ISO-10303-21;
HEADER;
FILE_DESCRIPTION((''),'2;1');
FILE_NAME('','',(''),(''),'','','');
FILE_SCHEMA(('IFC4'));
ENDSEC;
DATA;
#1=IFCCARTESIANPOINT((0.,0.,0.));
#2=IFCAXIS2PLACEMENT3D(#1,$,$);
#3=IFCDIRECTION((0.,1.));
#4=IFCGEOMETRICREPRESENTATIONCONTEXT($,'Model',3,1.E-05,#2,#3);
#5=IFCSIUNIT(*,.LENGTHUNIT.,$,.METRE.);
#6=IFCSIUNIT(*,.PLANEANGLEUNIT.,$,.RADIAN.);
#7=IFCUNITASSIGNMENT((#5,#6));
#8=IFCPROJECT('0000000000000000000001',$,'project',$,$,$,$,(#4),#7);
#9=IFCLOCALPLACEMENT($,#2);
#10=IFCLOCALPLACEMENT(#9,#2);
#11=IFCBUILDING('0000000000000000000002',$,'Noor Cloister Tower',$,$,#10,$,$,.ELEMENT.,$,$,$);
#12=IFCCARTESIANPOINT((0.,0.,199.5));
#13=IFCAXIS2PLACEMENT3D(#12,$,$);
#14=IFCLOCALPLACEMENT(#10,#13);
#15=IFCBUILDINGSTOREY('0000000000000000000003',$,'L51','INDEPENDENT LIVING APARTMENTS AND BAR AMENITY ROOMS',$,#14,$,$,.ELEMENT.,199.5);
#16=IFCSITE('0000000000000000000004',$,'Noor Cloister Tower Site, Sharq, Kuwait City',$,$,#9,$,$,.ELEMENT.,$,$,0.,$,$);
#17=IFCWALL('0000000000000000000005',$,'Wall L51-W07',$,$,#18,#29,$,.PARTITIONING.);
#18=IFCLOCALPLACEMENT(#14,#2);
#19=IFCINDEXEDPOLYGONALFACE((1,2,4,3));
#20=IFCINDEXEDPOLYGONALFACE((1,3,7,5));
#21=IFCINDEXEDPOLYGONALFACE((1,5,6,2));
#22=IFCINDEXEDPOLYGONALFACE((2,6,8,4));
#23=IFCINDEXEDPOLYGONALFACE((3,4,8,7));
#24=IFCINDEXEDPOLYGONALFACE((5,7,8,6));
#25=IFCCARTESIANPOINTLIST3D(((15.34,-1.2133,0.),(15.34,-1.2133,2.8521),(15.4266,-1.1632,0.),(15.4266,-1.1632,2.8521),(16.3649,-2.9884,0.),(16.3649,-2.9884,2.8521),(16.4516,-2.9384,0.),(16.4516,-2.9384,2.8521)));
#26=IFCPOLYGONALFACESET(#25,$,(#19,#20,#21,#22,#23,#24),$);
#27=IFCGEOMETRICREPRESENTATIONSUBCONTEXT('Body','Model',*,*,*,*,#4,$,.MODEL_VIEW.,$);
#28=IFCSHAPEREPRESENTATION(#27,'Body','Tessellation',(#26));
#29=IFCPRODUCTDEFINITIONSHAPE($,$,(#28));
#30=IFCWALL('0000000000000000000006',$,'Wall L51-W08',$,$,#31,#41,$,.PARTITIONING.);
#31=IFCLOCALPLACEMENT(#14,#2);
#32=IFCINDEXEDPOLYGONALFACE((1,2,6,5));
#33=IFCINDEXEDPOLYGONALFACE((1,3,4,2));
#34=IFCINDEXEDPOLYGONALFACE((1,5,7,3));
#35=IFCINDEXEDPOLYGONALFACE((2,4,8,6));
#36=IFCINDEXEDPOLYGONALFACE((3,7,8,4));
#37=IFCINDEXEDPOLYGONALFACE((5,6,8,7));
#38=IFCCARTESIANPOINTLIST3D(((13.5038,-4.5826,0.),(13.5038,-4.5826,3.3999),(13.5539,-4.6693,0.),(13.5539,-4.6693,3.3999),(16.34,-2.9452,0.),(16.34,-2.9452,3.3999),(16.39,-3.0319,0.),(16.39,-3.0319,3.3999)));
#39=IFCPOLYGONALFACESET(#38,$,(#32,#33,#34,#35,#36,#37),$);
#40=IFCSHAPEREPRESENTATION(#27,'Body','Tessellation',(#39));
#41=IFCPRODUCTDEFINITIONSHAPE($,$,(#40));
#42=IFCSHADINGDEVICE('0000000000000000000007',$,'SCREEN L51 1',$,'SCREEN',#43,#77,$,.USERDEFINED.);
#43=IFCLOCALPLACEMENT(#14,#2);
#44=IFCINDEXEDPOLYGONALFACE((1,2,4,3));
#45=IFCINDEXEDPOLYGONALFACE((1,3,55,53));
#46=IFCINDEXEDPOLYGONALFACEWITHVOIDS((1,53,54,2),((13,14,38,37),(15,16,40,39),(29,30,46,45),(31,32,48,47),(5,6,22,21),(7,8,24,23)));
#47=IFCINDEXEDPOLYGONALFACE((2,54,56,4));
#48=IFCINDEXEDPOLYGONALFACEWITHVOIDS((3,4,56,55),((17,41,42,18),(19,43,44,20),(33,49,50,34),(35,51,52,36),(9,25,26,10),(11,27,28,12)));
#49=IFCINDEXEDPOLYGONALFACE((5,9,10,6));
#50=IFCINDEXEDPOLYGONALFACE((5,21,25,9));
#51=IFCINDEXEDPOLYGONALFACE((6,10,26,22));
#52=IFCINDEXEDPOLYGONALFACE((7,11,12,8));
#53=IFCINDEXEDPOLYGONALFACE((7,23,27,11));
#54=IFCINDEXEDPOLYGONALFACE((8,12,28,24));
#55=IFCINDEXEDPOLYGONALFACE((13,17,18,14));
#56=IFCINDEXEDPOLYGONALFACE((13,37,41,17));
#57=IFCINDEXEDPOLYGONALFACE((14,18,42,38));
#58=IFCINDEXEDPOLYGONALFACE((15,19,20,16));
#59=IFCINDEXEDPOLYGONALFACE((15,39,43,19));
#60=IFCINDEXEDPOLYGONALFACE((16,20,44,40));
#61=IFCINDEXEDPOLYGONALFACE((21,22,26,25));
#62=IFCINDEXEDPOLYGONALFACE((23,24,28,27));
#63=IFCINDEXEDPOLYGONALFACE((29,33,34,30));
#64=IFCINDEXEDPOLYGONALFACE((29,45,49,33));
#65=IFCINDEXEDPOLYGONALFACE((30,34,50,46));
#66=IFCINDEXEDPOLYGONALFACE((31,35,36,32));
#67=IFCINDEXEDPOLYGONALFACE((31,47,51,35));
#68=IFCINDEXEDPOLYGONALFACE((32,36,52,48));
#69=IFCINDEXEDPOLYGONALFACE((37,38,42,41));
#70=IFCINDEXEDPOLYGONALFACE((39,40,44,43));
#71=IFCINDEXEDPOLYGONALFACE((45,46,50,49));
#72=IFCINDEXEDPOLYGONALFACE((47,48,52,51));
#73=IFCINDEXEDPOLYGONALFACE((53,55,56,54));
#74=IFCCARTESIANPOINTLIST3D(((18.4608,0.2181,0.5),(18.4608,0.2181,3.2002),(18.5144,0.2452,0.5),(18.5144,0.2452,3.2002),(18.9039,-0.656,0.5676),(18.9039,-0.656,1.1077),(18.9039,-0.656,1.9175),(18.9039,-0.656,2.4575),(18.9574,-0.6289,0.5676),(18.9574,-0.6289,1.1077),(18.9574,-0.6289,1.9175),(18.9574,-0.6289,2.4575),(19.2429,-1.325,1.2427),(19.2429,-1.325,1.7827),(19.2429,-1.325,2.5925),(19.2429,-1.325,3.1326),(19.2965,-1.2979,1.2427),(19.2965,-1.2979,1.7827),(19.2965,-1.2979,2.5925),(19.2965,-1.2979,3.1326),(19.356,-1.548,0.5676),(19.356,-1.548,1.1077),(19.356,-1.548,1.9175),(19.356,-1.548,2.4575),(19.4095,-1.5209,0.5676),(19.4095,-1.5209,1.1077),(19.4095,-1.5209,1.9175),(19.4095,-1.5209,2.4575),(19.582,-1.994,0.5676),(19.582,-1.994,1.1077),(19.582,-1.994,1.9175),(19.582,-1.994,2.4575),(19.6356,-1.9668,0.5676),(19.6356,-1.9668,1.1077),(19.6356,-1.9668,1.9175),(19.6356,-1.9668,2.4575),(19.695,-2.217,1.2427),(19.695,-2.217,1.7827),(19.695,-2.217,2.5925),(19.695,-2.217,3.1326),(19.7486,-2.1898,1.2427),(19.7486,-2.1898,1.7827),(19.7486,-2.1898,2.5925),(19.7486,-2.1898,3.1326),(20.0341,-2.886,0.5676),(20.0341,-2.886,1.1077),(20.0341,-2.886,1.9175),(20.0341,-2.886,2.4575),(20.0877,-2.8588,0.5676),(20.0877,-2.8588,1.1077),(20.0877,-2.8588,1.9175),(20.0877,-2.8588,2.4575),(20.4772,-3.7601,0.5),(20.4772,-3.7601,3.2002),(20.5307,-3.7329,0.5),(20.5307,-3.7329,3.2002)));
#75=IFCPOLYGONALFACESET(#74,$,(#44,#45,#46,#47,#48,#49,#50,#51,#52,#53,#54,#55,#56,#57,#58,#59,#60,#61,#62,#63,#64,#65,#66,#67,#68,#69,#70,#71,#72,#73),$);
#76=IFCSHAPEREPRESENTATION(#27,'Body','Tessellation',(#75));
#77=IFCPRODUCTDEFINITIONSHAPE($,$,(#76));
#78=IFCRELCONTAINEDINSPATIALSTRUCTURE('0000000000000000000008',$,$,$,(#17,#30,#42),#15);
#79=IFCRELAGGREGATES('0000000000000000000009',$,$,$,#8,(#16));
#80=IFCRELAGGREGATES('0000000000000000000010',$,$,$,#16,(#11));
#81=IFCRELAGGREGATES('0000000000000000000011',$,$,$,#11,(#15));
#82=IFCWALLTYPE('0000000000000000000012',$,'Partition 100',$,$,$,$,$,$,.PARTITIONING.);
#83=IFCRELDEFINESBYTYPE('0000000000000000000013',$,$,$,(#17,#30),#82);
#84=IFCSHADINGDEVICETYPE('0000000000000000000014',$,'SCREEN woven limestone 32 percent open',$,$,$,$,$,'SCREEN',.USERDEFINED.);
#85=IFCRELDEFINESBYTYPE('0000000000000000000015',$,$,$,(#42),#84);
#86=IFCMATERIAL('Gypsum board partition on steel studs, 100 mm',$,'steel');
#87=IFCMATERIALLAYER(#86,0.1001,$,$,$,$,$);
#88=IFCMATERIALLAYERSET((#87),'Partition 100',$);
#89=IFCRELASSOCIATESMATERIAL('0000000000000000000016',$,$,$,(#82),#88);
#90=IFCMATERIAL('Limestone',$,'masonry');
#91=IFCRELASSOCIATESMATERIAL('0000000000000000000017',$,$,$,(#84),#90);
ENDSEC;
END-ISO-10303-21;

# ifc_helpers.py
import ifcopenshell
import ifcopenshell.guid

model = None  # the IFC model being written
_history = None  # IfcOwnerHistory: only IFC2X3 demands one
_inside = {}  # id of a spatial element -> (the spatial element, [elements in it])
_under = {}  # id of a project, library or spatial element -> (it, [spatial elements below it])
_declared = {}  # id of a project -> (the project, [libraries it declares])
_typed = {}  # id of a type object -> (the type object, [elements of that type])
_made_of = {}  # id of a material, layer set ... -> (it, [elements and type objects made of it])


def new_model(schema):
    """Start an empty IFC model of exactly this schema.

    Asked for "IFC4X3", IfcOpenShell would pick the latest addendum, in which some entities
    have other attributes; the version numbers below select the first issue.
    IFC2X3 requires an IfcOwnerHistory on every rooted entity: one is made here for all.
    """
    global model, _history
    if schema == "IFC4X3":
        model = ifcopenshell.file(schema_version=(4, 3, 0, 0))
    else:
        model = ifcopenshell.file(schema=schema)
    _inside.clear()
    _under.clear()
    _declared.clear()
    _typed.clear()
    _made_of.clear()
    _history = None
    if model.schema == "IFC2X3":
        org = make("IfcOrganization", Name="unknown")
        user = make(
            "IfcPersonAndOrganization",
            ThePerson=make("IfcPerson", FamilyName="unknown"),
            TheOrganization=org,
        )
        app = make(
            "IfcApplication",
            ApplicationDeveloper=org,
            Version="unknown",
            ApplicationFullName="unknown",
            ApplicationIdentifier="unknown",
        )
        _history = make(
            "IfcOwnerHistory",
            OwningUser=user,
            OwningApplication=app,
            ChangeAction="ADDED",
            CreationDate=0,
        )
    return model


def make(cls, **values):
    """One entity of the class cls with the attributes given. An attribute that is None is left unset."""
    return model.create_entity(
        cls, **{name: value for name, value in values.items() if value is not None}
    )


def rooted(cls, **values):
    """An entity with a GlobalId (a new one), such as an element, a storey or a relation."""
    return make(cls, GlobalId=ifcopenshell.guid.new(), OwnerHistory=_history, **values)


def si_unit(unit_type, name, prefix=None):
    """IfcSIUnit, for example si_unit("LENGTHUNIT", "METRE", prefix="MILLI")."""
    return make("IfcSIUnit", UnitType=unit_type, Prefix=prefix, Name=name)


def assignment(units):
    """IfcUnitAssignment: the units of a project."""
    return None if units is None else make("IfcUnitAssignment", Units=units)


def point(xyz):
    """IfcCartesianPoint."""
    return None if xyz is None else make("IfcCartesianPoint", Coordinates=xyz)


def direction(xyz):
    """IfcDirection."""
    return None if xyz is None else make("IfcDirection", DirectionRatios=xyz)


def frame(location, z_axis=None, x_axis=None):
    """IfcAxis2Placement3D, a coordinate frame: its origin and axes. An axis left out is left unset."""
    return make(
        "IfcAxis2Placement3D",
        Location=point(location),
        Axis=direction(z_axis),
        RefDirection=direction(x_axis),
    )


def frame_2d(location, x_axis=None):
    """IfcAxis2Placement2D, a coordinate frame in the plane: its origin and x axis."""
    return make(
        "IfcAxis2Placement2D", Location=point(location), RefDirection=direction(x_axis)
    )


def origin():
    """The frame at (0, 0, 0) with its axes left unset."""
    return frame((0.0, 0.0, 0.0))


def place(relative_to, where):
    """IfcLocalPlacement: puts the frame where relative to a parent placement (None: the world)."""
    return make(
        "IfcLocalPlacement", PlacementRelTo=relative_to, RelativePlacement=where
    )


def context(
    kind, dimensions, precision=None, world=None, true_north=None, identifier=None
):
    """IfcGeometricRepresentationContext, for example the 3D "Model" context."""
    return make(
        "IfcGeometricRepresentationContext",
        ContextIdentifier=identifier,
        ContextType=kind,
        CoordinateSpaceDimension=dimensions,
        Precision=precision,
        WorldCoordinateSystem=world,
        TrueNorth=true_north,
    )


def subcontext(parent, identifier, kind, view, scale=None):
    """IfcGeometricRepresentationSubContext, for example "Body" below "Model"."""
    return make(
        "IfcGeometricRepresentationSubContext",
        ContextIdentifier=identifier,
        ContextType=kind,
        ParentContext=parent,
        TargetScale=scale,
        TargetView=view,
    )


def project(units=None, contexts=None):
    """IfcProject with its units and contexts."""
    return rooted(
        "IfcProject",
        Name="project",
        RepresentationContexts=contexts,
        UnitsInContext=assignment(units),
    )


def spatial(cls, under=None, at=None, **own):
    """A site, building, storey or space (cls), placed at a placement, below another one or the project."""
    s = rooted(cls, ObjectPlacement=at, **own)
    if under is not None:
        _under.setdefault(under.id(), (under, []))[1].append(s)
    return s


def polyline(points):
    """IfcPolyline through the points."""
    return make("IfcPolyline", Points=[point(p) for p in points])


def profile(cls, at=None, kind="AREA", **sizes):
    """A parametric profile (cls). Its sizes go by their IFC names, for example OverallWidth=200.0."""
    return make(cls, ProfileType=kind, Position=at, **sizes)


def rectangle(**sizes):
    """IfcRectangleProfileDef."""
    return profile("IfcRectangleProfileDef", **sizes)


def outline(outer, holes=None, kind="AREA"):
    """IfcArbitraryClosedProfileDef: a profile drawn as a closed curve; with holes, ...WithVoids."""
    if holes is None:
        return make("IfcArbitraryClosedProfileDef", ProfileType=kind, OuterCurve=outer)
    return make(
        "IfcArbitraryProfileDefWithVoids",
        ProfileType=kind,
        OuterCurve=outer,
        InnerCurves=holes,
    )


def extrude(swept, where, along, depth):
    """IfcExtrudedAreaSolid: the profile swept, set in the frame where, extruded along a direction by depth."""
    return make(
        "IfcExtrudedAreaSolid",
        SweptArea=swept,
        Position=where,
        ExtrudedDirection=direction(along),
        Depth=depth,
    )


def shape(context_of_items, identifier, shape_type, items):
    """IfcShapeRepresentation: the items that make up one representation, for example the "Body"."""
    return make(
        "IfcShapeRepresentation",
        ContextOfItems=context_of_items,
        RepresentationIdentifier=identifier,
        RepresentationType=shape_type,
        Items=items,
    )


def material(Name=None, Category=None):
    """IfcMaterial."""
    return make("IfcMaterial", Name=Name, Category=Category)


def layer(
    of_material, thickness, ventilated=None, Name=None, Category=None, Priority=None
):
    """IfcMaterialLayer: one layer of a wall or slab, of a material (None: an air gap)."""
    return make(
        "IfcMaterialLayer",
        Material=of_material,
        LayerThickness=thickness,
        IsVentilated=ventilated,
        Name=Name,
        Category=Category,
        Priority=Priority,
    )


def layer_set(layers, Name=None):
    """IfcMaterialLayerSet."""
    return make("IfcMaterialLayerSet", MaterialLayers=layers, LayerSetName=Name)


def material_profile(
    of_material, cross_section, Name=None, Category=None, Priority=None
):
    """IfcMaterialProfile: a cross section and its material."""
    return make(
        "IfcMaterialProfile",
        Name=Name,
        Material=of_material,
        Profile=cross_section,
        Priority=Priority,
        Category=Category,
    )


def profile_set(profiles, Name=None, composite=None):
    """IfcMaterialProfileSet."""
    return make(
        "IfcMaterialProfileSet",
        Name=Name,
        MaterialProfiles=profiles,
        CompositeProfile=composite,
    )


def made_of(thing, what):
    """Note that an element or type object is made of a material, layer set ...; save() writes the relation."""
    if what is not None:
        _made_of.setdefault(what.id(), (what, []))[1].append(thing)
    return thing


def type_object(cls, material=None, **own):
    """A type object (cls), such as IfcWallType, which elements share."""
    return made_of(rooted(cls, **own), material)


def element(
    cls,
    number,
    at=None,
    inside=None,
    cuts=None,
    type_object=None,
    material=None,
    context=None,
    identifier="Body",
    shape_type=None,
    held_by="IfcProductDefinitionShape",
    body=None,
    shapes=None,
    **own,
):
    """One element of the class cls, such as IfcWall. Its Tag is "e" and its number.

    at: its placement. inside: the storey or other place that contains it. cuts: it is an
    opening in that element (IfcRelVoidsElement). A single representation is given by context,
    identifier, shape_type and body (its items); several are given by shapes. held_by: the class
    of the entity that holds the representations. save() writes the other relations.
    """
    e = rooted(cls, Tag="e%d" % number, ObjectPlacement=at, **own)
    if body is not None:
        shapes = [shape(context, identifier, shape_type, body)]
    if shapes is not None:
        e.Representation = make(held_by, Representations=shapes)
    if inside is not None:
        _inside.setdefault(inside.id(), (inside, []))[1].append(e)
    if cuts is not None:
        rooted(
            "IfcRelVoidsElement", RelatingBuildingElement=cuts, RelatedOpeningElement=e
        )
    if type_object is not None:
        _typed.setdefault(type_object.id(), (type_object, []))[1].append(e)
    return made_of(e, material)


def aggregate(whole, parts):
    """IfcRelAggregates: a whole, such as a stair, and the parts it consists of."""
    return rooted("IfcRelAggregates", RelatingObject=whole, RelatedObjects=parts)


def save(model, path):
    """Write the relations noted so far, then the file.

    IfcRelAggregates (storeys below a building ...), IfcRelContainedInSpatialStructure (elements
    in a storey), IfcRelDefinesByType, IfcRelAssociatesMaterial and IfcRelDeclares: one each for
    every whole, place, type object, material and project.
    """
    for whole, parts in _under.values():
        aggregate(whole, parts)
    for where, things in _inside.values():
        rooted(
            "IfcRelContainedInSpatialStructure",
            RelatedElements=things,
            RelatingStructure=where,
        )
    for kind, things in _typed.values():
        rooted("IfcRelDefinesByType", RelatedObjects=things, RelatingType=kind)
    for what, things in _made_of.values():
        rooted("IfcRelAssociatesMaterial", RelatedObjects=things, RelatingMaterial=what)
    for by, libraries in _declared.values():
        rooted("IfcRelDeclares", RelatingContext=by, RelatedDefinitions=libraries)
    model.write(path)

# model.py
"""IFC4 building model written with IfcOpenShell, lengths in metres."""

from ifc_helpers import new_model, si_unit, direction, frame, frame_2d, origin, place, context, subcontext, project, spatial, polyline, rectangle, outline, extrude, material, layer, layer_set, material_profile, profile_set, type_object, element, save


model = new_model("IFC4")

# Units and contexts
model_context = context("Model", 3, precision=1e-05, world=origin(), true_north=direction((0.0, 1.0)))
body_context = subcontext(model_context, "Body", "Model", "MODEL_VIEW")
ifc_project = project(units=[si_unit("LENGTHUNIT", "METRE"), si_unit("PLANEANGLEUNIT", "RADIAN")], contexts=[model_context])

# Site, building, storey
site_placement = place(None, origin())
site = spatial("IfcSite", under=ifc_project, at=site_placement, Name="Noor Cloister Tower Site, Sharq, Kuwait City", CompositionType="ELEMENT", RefElevation=0.0)
building_placement = place(site_placement, origin())
building = spatial("IfcBuilding", under=site, at=building_placement, Name="Noor Cloister Tower", CompositionType="ELEMENT")
storey_placement = place(building_placement, frame((0.0, 0.0, 199.5)))
storey = spatial("IfcBuildingStorey", under=building, at=storey_placement, Name="L51", Description="INDEPENDENT LIVING APARTMENTS AND BAR AMENITY ROOMS", CompositionType="ELEMENT", Elevation=199.5)

# Shared definitions
ifc_material_1 = material(Name="Gypsum board partition on steel studs, 100 mm", Category="steel")
ifc_layer_1 = layer(ifc_material_1, 0.1001)
ifc_layer_set_1 = layer_set([ifc_layer_1], Name="Partition 100")
wall_type_1 = type_object("IfcWallType", Name="Partition 100", PredefinedType="PARTITIONING", material=ifc_layer_set_1)

# Walls
wall_1_placement = place(storey_placement, frame((15.3833, -1.1882, 0.0), z_axis=(0.0, 0.0, 1.0), x_axis=(0.500008, -0.866021, 0.0)))
element("IfcWall", 1, at=wall_1_placement, inside=storey, type_object=wall_type_1, Name="Wall L51-W07", PredefinedType="PARTITIONING", context=body_context, shape_type="SweptSolid", body=[
    extrude(rectangle(XDim=2.0498, YDim=0.1001, at=frame_2d((1.0249, 0.0))), origin(), (0.0, 0.0, 1.0), 2.8521),
])
wall_2_placement = place(storey_placement, frame((16.365, -2.9885, 0.0), z_axis=(0.0, 0.0, 1.0), x_axis=(-0.866028, -0.499996, 0.0)))
element("IfcWall", 2, at=wall_2_placement, inside=storey, type_object=wall_type_1, Name="Wall L51-W08", PredefinedType="PARTITIONING", context=body_context, shape_type="SweptSolid", body=[
    extrude(rectangle(XDim=3.2749, YDim=0.1001, at=frame_2d((1.6375, 0.0))), origin(), (0.0, 0.0, 1.0), 3.3999),
])

# Shading device
ifc_material_2 = material(Name="Limestone", Category="masonry")
ifc_material_profile_1 = material_profile(ifc_material_2, outline(polyline([(-2.23, -1.3501), (2.23, -1.3501), (2.23, 1.3501), (-2.23, 1.3501), (-2.23, -1.3501)]), holes=[polyline([(-1.25, -1.2825), (-0.25, -1.2825), (-0.25, -0.7424), (-1.25, -0.7424), (-1.25, -1.2825)]), polyline([(0.25, -1.2825), (1.25, -1.2825), (1.25, -0.7424), (0.25, -0.7424), (0.25, -1.2825)]), polyline([(-0.5, -0.6074), (0.5, -0.6074), (0.5, -0.0674), (-0.5, -0.0674), (-0.5, -0.6074)]), polyline([(-1.25, 0.0674), (-0.25, 0.0674), (-0.25, 0.6074), (-1.25, 0.6074), (-1.25, 0.0674)]), polyline([(0.25, 0.0674), (1.25, 0.0674), (1.25, 0.6074), (0.25, 0.6074), (0.25, 0.0674)]), polyline([(-0.5, 0.7424), (0.5, 0.7424), (0.5, 1.2825), (-0.5, 1.2825), (-0.5, 0.7424)])]), Name="Woven screen 32 percent open")
ifc_profile_set_1 = profile_set([ifc_material_profile_1], Name="Limestone")
shading_device_type = type_object("IfcShadingDeviceType", Name="SCREEN woven limestone 32 percent open", ElementType="SCREEN", PredefinedType="USERDEFINED", material=ifc_profile_set_1)
shading_device_placement = place(storey_placement, frame((19.469, -1.771, 1.8501), z_axis=(0.89197, 0.452094, 0.0), x_axis=(-0.452094, 0.89197, 0.0)))
element("IfcShadingDevice", 3, at=shading_device_placement, inside=storey, type_object=shading_device_type, Name="SCREEN L51 1", ObjectType="SCREEN", PredefinedType="USERDEFINED", context=body_context, shape_type="SweptSolid", body=[
    extrude(outline(polyline([(-2.23, -1.3501), (2.23, -1.3501), (2.23, 1.3501), (-2.23, 1.3501), (-2.23, -1.3501)]), holes=[polyline([(-1.25, -1.2825), (-0.25, -1.2825), (-0.25, -0.7424), (-1.25, -0.7424), (-1.25, -1.2825)]), polyline([(0.25, -1.2825), (1.25, -1.2825), (1.25, -0.7424), (0.25, -0.7424), (0.25, -1.2825)]), polyline([(-0.5, -0.6074), (0.5, -0.6074), (0.5, -0.0674), (-0.5, -0.0674), (-0.5, -0.6074)]), polyline([(-1.25, 0.0674), (-0.25, 0.0674), (-0.25, 0.6074), (-1.25, 0.6074), (-1.25, 0.0674)]), polyline([(0.25, 0.0674), (1.25, 0.0674), (1.25, 0.6074), (0.25, 0.6074), (0.25, 0.0674)]), polyline([(-0.5, 0.7424), (0.5, 0.7424), (0.5, 1.2825), (-0.5, 1.2825), (-0.5, 0.7424)])]), origin(), (0.0, 0.0, 1.0), 0.0601),
])

save(model, "model.ifc")
